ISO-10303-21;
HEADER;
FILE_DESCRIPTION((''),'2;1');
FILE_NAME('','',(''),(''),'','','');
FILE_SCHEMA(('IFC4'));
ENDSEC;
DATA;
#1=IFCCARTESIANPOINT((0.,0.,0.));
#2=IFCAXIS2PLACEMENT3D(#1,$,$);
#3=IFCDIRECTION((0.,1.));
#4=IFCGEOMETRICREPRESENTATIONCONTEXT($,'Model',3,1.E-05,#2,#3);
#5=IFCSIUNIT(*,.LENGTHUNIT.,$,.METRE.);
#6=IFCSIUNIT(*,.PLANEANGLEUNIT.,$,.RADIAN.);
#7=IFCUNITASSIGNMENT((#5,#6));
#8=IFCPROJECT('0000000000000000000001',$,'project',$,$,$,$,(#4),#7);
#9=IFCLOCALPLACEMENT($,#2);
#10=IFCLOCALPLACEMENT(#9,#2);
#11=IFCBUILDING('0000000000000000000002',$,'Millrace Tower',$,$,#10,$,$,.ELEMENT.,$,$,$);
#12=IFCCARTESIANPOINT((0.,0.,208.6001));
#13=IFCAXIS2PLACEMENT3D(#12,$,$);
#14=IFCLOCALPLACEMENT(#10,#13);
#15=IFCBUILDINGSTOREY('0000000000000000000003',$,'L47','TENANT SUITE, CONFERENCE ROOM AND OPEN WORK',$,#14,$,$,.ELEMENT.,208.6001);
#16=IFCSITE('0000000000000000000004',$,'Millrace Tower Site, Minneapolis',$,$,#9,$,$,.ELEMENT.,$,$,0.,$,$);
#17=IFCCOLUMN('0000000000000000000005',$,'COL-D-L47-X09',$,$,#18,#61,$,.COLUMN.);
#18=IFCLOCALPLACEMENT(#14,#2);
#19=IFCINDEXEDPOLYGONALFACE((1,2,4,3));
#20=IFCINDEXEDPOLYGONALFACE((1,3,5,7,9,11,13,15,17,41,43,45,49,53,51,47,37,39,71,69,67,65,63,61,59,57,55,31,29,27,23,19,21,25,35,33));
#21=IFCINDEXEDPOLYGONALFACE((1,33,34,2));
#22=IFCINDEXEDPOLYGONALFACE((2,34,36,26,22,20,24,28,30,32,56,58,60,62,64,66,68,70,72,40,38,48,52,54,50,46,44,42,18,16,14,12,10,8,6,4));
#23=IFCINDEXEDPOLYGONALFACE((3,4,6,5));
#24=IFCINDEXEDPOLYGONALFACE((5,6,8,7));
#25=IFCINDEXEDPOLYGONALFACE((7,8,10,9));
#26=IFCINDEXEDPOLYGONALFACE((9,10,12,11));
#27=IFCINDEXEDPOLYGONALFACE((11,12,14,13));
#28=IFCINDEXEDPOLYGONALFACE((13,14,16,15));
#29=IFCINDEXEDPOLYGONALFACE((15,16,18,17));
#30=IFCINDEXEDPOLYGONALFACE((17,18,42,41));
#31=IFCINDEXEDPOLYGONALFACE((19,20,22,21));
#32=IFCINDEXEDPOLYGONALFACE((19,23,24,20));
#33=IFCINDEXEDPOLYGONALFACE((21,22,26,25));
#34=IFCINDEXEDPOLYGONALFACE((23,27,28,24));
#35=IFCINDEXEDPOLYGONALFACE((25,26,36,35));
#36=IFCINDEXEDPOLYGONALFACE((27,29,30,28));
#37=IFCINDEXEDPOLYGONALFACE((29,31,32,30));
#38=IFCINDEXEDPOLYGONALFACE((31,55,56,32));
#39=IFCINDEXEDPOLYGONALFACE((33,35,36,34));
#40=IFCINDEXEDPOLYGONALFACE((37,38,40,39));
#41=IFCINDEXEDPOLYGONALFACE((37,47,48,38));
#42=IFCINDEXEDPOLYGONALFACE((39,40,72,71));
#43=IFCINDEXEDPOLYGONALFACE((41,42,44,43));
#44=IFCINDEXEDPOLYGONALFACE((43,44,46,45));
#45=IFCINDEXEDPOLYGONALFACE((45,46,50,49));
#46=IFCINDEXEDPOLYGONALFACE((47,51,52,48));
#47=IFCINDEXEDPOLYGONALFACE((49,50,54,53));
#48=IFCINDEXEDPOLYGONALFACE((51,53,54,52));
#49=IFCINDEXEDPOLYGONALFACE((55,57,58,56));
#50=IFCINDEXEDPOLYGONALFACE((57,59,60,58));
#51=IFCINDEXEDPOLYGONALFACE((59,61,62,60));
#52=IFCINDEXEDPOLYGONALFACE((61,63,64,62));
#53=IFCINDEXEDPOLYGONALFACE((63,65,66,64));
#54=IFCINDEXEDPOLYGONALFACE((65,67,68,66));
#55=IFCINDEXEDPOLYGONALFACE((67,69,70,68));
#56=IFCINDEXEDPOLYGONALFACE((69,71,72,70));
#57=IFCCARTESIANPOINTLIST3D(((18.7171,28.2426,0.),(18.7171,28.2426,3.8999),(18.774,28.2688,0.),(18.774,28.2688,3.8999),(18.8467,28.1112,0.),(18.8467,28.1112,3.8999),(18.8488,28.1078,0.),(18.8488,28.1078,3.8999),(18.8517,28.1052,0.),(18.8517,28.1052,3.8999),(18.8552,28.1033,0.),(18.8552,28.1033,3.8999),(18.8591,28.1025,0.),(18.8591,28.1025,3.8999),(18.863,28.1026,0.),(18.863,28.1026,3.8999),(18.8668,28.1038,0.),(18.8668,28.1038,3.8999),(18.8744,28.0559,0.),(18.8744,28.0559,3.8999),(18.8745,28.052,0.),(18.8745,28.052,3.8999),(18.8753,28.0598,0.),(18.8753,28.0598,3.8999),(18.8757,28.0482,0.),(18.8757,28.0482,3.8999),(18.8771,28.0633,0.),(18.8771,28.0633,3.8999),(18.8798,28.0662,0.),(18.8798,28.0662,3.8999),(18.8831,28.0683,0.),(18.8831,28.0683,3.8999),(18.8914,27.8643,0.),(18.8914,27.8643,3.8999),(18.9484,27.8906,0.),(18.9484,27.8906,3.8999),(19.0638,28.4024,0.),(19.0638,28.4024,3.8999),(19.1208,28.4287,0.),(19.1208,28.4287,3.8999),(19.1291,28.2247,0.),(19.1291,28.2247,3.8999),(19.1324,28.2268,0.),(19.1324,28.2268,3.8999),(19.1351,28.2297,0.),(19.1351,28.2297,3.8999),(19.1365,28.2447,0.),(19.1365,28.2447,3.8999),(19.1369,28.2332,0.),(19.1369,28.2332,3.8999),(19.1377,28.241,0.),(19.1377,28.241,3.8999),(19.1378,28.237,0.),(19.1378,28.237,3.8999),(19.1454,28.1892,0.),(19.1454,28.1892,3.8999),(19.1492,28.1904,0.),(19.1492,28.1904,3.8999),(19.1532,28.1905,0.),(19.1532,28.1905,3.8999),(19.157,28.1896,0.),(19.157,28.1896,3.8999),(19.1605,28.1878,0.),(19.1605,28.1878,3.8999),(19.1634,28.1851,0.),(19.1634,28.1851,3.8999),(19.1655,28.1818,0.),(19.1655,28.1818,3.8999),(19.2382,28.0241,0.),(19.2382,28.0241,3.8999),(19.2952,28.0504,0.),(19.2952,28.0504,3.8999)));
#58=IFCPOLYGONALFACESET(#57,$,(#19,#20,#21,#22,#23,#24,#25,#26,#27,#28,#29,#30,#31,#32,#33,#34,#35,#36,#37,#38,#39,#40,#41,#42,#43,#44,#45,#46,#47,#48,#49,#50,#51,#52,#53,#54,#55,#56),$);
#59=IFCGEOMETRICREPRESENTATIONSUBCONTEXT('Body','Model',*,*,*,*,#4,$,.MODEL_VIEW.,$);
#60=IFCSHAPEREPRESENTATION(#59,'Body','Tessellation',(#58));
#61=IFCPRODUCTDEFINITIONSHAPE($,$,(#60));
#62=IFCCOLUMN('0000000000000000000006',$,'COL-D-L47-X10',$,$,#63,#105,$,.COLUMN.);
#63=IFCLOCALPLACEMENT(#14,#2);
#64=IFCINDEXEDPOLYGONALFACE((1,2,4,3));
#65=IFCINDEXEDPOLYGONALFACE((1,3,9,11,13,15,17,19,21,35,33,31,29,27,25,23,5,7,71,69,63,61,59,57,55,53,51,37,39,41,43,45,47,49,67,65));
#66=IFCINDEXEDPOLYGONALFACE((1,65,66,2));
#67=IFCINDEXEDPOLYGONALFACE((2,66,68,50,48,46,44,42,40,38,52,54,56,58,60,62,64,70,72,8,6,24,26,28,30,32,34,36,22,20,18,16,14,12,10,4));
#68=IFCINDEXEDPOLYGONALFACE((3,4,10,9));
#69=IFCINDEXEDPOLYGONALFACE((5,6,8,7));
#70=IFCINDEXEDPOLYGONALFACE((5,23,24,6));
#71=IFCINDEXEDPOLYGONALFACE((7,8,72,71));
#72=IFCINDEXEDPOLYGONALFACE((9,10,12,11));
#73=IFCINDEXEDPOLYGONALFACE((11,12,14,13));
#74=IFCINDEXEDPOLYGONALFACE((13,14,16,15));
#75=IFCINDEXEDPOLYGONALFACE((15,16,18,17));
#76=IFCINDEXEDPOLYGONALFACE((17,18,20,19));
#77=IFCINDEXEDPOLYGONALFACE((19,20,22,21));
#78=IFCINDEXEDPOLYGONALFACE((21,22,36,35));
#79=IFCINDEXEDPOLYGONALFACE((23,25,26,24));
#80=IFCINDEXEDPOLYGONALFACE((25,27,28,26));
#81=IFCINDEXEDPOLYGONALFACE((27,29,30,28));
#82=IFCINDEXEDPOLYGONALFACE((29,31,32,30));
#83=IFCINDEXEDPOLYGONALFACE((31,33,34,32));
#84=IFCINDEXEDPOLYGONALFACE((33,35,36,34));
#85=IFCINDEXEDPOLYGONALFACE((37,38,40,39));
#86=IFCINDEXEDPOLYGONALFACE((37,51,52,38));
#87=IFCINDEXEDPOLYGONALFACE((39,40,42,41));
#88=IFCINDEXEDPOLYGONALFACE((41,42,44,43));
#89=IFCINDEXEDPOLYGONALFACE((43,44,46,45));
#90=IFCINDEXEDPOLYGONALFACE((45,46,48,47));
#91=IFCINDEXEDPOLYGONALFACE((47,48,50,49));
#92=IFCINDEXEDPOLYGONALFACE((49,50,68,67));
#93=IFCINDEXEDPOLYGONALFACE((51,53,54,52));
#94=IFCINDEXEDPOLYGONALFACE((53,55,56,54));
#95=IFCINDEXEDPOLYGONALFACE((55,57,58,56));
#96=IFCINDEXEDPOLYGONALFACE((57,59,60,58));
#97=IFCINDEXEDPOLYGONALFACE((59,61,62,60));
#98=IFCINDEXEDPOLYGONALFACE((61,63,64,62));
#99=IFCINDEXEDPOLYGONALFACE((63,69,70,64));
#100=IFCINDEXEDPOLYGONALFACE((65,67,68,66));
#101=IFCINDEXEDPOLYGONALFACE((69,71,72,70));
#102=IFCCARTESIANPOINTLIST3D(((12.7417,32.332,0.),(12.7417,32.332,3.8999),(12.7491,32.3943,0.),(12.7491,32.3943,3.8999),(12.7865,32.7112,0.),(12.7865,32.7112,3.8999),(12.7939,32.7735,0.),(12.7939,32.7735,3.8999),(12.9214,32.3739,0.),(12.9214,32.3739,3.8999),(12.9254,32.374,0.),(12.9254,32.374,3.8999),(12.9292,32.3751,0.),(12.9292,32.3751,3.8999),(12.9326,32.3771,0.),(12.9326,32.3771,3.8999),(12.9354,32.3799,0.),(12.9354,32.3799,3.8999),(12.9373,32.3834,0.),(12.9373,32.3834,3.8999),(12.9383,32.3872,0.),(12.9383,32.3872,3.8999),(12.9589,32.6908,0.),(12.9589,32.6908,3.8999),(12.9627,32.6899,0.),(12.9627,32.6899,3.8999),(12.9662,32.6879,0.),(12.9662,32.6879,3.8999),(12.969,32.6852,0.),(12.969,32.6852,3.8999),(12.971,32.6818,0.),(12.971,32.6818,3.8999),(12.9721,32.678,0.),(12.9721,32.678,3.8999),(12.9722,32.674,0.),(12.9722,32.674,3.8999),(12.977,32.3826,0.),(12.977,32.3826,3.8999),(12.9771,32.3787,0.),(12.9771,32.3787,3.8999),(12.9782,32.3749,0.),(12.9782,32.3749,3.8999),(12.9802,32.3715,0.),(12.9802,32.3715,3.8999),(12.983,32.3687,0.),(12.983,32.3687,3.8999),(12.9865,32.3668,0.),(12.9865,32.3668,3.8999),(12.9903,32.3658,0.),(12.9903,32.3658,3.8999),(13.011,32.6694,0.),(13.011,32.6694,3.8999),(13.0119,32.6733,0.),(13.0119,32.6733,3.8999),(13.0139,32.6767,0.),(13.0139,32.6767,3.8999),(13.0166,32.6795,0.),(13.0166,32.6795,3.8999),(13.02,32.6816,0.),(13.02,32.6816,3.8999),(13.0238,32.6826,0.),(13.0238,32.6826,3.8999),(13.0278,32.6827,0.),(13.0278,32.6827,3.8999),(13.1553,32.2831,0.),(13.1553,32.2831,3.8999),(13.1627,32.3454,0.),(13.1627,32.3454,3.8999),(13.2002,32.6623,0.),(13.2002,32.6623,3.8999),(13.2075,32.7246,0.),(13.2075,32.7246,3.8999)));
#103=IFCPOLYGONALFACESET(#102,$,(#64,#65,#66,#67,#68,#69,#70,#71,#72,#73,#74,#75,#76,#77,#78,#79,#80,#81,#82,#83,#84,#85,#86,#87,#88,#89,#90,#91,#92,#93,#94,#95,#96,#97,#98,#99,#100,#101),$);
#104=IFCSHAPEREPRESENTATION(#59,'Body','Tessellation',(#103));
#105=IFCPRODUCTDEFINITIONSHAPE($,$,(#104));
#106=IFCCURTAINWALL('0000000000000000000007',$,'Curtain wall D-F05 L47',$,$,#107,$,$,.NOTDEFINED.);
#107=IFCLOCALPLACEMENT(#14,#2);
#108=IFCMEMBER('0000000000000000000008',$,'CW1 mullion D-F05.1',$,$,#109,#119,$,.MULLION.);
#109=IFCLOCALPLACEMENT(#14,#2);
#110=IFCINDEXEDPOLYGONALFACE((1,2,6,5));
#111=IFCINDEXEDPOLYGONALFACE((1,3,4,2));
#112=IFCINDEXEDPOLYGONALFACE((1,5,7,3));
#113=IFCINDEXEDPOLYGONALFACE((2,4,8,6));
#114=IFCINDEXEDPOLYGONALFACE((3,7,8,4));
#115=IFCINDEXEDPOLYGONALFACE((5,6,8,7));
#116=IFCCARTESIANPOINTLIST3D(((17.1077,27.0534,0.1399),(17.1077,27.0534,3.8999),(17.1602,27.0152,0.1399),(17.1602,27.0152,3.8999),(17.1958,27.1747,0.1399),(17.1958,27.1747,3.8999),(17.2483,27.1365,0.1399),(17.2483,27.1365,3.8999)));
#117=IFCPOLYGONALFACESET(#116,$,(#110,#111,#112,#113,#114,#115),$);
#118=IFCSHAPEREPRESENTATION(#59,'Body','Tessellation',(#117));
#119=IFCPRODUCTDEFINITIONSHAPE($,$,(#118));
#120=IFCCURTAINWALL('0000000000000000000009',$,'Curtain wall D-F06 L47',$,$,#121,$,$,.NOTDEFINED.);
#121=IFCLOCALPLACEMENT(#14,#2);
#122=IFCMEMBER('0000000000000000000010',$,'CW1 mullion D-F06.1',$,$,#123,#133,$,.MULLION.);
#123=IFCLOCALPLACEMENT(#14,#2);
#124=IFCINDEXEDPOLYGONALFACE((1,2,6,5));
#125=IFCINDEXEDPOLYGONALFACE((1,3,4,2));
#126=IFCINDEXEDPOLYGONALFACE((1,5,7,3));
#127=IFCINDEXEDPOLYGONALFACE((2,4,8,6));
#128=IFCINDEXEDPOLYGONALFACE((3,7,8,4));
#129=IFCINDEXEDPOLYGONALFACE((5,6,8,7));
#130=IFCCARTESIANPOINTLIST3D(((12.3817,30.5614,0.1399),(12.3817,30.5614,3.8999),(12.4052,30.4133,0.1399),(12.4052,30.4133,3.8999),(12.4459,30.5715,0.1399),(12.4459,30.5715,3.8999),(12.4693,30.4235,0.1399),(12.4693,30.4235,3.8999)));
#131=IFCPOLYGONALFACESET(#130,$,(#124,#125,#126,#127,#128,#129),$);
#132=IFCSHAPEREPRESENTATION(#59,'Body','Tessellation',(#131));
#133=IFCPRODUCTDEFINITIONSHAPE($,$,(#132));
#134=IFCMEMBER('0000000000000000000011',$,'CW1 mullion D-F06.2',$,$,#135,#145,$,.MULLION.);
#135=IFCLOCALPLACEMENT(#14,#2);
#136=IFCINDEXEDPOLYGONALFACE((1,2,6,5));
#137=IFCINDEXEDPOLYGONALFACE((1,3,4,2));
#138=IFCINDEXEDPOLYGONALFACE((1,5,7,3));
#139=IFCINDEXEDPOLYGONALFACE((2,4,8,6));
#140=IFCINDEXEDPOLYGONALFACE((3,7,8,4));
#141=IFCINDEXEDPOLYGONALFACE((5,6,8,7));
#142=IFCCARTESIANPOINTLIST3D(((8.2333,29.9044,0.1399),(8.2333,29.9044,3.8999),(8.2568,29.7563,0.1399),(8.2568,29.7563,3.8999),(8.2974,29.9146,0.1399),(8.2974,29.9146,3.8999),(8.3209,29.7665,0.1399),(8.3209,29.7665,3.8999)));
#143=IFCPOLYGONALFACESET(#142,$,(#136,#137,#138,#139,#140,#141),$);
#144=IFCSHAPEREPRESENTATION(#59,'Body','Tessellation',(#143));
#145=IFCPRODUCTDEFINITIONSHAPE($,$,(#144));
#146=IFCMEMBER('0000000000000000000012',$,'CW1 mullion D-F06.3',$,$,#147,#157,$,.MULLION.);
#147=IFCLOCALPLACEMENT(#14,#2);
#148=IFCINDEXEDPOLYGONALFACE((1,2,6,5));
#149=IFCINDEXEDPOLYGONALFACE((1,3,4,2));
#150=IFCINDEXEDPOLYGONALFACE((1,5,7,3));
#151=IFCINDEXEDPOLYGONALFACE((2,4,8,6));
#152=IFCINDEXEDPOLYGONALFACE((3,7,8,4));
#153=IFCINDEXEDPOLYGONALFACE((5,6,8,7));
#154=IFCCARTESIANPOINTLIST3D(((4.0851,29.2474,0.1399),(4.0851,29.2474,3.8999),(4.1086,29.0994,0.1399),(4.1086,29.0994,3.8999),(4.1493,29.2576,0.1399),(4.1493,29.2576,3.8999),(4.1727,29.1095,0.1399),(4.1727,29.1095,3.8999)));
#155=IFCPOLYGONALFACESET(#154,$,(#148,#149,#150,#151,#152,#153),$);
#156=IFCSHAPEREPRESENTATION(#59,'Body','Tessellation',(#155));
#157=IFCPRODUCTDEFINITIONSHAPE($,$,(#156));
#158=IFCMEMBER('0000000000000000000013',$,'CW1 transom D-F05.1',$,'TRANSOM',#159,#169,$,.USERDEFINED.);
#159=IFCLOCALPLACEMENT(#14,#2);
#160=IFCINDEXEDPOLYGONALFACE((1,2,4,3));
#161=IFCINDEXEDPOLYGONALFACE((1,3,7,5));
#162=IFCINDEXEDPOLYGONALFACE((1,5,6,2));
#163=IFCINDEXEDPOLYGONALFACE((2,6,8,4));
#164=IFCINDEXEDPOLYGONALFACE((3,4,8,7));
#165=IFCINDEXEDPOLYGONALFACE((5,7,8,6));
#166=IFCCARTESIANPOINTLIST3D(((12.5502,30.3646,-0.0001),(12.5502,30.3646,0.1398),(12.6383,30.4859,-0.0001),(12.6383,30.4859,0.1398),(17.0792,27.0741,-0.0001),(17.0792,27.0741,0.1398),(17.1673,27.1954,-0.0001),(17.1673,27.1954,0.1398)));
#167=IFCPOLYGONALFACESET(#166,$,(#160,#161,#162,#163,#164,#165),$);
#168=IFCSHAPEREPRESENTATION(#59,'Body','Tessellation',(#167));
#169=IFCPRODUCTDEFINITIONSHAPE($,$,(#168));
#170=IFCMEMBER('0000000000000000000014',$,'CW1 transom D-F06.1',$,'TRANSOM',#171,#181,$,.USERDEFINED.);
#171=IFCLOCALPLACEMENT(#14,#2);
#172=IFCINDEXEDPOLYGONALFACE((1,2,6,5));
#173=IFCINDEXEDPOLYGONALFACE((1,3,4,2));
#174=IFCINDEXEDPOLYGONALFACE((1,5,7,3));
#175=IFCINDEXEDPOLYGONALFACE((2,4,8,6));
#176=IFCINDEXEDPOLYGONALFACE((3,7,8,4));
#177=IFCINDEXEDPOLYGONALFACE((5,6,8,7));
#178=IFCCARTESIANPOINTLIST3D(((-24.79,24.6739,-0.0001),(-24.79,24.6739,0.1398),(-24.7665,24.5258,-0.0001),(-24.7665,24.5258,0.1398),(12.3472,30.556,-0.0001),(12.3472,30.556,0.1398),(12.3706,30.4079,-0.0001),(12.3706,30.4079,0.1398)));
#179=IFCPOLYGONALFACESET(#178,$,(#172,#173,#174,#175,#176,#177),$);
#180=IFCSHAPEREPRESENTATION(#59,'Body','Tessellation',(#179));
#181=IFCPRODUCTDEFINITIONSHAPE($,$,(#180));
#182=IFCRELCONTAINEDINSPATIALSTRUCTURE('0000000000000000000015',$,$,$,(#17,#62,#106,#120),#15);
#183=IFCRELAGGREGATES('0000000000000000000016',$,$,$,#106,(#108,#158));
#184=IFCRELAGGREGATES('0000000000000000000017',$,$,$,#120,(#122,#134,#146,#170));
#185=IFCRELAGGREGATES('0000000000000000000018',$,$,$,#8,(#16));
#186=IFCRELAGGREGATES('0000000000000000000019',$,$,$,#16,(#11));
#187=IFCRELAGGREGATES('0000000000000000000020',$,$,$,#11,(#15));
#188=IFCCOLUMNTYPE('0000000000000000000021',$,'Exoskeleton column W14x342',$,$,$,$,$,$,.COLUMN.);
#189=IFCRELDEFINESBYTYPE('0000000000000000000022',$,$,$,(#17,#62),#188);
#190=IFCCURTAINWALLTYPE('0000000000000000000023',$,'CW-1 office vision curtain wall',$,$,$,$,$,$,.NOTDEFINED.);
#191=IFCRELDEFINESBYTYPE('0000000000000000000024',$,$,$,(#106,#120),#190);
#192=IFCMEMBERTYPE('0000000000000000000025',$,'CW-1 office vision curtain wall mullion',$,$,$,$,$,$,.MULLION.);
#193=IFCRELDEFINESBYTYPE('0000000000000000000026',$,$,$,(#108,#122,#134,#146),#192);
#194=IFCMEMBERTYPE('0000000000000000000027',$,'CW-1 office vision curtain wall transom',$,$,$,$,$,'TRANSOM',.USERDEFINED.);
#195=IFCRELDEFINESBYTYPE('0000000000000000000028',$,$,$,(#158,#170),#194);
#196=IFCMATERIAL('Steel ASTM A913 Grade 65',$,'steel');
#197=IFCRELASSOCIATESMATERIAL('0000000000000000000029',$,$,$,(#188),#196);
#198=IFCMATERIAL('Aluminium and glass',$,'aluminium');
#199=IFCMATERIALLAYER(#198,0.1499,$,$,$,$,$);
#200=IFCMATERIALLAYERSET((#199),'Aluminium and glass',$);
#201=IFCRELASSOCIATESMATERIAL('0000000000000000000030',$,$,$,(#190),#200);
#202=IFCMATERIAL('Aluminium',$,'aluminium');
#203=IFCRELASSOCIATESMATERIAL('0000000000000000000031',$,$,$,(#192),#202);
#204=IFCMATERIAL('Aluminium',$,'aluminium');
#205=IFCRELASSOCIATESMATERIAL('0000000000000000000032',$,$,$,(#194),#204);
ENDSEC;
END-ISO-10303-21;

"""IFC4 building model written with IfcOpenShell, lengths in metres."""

from ifc_helpers import new_model, si_unit, direction, frame, origin, origin_2d, place, context, subcontext, project, spatial, rectangle, i_section, extrude, material, layer, layer_set, material_profile, profile_set, type_object, element, aggregate, save


model = new_model("IFC4")

# Units and contexts
model_context = context("Model", 3, precision=1e-05, world=origin(), true_north=direction((0.0, 1.0)))
body_context = subcontext(model_context, "Body", "Model", "MODEL_VIEW")
ifc_project = project(units=[si_unit("LENGTHUNIT", "METRE"), si_unit("PLANEANGLEUNIT", "RADIAN")], contexts=[model_context])

# Site, building, storey
site_placement = place(None, origin())
site = spatial("IfcSite", under=ifc_project, at=site_placement, Name="Millrace Tower Site, Minneapolis", CompositionType="ELEMENT", RefElevation=0.0)
building_placement = place(site_placement, origin())
building = spatial("IfcBuilding", under=site, at=building_placement, Name="Millrace Tower", CompositionType="ELEMENT")
storey_placement = place(building_placement, frame((0.0, 0.0, 208.6001)))
storey = spatial("IfcBuildingStorey", under=building, at=storey_placement, Name="L47", Description="TENANT SUITE, CONFERENCE ROOM AND OPEN WORK", CompositionType="ELEMENT", Elevation=208.6001)

# Columns
ifc_material_1 = material(Name="Steel ASTM A913 Grade 65", Category="steel")
ifc_material_profile_1 = material_profile(ifc_material_1, i_section(OverallWidth=0.4165, OverallDepth=0.4446, WebThickness=0.0391, FlangeThickness=0.0627, FilletRadius=0.0151, at=origin_2d()))
ifc_profile_set_1 = profile_set([ifc_material_profile_1], Name="Steel ASTM A913 Grade 65")
column_type = type_object("IfcColumnType", Name="Exoskeleton column W14x342", PredefinedType="COLUMN", material=ifc_profile_set_1)
for number, where, z_axis, x_axis, name in (
    (1, (19.0061, 28.1465, 0.0), (0.0, 0.0, 1.0), (-0.418553, 0.908192, 0.0), "COL-D-L47-X09"),
    (2, (12.9746, 32.5283, 0.0), (0.0, 0.0, 1.0), (-0.993082, 0.117421, 0.0), "COL-D-L47-X10"),
):
    element("IfcColumn", number, at=place(storey_placement, frame(where, z_axis=z_axis, x_axis=x_axis)), inside=storey, type_object=column_type, Name=name, PredefinedType="COLUMN", context=body_context, shape_type="SweptSolid", body=[
        extrude(i_section(OverallWidth=0.4165, OverallDepth=0.4446, WebThickness=0.0391, FlangeThickness=0.0627, FilletRadius=0.0151, at=origin_2d()), origin(), (0.0, 0.0, 1.0), 3.8999),
    ])

# Curtain wall, member
ifc_material_2 = material(Name="Aluminium and glass", Category="aluminium")
ifc_layer_1 = layer(ifc_material_2, 0.1499)
ifc_layer_set_1 = layer_set([ifc_layer_1], Name="Aluminium and glass")
curtain_wall_type = type_object("IfcCurtainWallType", Name="CW-1 office vision curtain wall", PredefinedType="NOTDEFINED", material=ifc_layer_set_1)
placement = place(storey_placement, origin())
curtain_wall_1 = element("IfcCurtainWall", 3, at=placement, inside=storey, type_object=curtain_wall_type, Name="Curtain wall D-F05 L47", PredefinedType="NOTDEFINED")
ifc_material_3 = material(Name="Aluminium", Category="aluminium")
ifc_material_profile_2 = material_profile(ifc_material_3, rectangle(XDim=0.0649, YDim=0.1499, at=origin_2d()))
ifc_profile_set_2 = profile_set([ifc_material_profile_2], Name="Aluminium")
member_type_1 = type_object("IfcMemberType", Name="CW-1 office vision curtain wall mullion", PredefinedType="MULLION", material=ifc_profile_set_2)
member_1_placement = place(storey_placement, frame((17.178, 27.095, 0.1399), z_axis=(0.0, 0.0, 1.0), x_axis=(-0.809017, 0.587785, 0.0)))
member_1 = element("IfcMember", 4, at=member_1_placement, type_object=member_type_1, Name="CW1 mullion D-F05.1", PredefinedType="MULLION", context=body_context, shape_type="SweptSolid", body=[
    extrude(rectangle(XDim=0.0649, YDim=0.1499, at=origin_2d()), origin(), (0.0, 0.0, 1.0), 3.76),
])

# Curtain wall, members
curtain_wall_2 = element("IfcCurtainWall", 5, at=placement, inside=storey, type_object=curtain_wall_type, Name="Curtain wall D-F06 L47", PredefinedType="NOTDEFINED")
member_2_placement = place(storey_placement, frame((12.4255, 30.4924, 0.1399), z_axis=(0.0, 0.0, 1.0), x_axis=(-0.987688, -0.156434, 0.0)))
member_2 = element("IfcMember", 6, at=member_2_placement, type_object=member_type_1, Name="CW1 mullion D-F06.1", PredefinedType="MULLION", context=body_context, shape_type="SweptSolid", body=[
    extrude(rectangle(XDim=0.0649, YDim=0.1499, at=origin_2d()), origin(), (0.0, 0.0, 1.0), 3.76),
])
member_3_placement = place(storey_placement, frame((8.2771, 29.8354, 0.1399), z_axis=(0.0, 0.0, 1.0), x_axis=(-0.987688, -0.156434, 0.0)))
member_3 = element("IfcMember", 7, at=member_3_placement, type_object=member_type_1, Name="CW1 mullion D-F06.2", PredefinedType="MULLION", context=body_context, shape_type="SweptSolid", body=[
    extrude(rectangle(XDim=0.0649, YDim=0.1499, at=origin_2d()), origin(), (0.0, 0.0, 1.0), 3.76),
])
member_4_placement = place(storey_placement, frame((4.1289, 29.1785, 0.1399), z_axis=(0.0, 0.0, 1.0), x_axis=(-0.987688, -0.156434, 0.0)))
member_4 = element("IfcMember", 8, at=member_4_placement, type_object=member_type_1, Name="CW1 mullion D-F06.3", PredefinedType="MULLION", context=body_context, shape_type="SweptSolid", body=[
    extrude(rectangle(XDim=0.0649, YDim=0.1499, at=origin_2d()), origin(), (0.0, 0.0, 1.0), 3.76),
])

# Members
ifc_material_4 = material(Name="Aluminium", Category="aluminium")
ifc_material_profile_3 = material_profile(ifc_material_4, rectangle(XDim=0.1499, YDim=0.1399, at=origin_2d()))
ifc_profile_set_3 = profile_set([ifc_material_profile_3], Name="Aluminium")
member_type_2 = type_object("IfcMemberType", Name="CW-1 office vision curtain wall transom", ElementType="TRANSOM", PredefinedType="USERDEFINED", material=ifc_profile_set_3)
member_5_placement = place(storey_placement, frame((17.1233, 27.1348, 0.0698), z_axis=(-0.809019, 0.587783, 0.0), x_axis=(-0.587783, -0.809019, 0.0)))
member_5 = element("IfcMember", 9, at=member_5_placement, type_object=member_type_2, Name="CW1 transom D-F05.1", ObjectType="TRANSOM", PredefinedType="USERDEFINED", context=body_context, shape_type="SweptSolid", body=[
    extrude(rectangle(XDim=0.1499, YDim=0.1399, at=origin_2d()), origin(), (0.0, 0.0, 1.0), 5.5981),
])
aggregate(curtain_wall_1, [member_1, member_5])
member_6_placement = place(storey_placement, frame((12.3589, 30.4819, 0.0698), z_axis=(-0.987688, -0.156438, 0.0), x_axis=(0.156438, -0.987688, 0.0)))
member_6 = element("IfcMember", 10, at=member_6_placement, type_object=member_type_2, Name="CW1 transom D-F06.1", ObjectType="TRANSOM", PredefinedType="USERDEFINED", context=body_context, shape_type="SweptSolid", body=[
    extrude(rectangle(XDim=0.1499, YDim=0.1399, at=origin_2d()), origin(), (0.0, 0.0, 1.0), 37.6001),
])
aggregate(curtain_wall_2, [member_2, member_3, member_4, member_6])

save(model, "model.ifc")
